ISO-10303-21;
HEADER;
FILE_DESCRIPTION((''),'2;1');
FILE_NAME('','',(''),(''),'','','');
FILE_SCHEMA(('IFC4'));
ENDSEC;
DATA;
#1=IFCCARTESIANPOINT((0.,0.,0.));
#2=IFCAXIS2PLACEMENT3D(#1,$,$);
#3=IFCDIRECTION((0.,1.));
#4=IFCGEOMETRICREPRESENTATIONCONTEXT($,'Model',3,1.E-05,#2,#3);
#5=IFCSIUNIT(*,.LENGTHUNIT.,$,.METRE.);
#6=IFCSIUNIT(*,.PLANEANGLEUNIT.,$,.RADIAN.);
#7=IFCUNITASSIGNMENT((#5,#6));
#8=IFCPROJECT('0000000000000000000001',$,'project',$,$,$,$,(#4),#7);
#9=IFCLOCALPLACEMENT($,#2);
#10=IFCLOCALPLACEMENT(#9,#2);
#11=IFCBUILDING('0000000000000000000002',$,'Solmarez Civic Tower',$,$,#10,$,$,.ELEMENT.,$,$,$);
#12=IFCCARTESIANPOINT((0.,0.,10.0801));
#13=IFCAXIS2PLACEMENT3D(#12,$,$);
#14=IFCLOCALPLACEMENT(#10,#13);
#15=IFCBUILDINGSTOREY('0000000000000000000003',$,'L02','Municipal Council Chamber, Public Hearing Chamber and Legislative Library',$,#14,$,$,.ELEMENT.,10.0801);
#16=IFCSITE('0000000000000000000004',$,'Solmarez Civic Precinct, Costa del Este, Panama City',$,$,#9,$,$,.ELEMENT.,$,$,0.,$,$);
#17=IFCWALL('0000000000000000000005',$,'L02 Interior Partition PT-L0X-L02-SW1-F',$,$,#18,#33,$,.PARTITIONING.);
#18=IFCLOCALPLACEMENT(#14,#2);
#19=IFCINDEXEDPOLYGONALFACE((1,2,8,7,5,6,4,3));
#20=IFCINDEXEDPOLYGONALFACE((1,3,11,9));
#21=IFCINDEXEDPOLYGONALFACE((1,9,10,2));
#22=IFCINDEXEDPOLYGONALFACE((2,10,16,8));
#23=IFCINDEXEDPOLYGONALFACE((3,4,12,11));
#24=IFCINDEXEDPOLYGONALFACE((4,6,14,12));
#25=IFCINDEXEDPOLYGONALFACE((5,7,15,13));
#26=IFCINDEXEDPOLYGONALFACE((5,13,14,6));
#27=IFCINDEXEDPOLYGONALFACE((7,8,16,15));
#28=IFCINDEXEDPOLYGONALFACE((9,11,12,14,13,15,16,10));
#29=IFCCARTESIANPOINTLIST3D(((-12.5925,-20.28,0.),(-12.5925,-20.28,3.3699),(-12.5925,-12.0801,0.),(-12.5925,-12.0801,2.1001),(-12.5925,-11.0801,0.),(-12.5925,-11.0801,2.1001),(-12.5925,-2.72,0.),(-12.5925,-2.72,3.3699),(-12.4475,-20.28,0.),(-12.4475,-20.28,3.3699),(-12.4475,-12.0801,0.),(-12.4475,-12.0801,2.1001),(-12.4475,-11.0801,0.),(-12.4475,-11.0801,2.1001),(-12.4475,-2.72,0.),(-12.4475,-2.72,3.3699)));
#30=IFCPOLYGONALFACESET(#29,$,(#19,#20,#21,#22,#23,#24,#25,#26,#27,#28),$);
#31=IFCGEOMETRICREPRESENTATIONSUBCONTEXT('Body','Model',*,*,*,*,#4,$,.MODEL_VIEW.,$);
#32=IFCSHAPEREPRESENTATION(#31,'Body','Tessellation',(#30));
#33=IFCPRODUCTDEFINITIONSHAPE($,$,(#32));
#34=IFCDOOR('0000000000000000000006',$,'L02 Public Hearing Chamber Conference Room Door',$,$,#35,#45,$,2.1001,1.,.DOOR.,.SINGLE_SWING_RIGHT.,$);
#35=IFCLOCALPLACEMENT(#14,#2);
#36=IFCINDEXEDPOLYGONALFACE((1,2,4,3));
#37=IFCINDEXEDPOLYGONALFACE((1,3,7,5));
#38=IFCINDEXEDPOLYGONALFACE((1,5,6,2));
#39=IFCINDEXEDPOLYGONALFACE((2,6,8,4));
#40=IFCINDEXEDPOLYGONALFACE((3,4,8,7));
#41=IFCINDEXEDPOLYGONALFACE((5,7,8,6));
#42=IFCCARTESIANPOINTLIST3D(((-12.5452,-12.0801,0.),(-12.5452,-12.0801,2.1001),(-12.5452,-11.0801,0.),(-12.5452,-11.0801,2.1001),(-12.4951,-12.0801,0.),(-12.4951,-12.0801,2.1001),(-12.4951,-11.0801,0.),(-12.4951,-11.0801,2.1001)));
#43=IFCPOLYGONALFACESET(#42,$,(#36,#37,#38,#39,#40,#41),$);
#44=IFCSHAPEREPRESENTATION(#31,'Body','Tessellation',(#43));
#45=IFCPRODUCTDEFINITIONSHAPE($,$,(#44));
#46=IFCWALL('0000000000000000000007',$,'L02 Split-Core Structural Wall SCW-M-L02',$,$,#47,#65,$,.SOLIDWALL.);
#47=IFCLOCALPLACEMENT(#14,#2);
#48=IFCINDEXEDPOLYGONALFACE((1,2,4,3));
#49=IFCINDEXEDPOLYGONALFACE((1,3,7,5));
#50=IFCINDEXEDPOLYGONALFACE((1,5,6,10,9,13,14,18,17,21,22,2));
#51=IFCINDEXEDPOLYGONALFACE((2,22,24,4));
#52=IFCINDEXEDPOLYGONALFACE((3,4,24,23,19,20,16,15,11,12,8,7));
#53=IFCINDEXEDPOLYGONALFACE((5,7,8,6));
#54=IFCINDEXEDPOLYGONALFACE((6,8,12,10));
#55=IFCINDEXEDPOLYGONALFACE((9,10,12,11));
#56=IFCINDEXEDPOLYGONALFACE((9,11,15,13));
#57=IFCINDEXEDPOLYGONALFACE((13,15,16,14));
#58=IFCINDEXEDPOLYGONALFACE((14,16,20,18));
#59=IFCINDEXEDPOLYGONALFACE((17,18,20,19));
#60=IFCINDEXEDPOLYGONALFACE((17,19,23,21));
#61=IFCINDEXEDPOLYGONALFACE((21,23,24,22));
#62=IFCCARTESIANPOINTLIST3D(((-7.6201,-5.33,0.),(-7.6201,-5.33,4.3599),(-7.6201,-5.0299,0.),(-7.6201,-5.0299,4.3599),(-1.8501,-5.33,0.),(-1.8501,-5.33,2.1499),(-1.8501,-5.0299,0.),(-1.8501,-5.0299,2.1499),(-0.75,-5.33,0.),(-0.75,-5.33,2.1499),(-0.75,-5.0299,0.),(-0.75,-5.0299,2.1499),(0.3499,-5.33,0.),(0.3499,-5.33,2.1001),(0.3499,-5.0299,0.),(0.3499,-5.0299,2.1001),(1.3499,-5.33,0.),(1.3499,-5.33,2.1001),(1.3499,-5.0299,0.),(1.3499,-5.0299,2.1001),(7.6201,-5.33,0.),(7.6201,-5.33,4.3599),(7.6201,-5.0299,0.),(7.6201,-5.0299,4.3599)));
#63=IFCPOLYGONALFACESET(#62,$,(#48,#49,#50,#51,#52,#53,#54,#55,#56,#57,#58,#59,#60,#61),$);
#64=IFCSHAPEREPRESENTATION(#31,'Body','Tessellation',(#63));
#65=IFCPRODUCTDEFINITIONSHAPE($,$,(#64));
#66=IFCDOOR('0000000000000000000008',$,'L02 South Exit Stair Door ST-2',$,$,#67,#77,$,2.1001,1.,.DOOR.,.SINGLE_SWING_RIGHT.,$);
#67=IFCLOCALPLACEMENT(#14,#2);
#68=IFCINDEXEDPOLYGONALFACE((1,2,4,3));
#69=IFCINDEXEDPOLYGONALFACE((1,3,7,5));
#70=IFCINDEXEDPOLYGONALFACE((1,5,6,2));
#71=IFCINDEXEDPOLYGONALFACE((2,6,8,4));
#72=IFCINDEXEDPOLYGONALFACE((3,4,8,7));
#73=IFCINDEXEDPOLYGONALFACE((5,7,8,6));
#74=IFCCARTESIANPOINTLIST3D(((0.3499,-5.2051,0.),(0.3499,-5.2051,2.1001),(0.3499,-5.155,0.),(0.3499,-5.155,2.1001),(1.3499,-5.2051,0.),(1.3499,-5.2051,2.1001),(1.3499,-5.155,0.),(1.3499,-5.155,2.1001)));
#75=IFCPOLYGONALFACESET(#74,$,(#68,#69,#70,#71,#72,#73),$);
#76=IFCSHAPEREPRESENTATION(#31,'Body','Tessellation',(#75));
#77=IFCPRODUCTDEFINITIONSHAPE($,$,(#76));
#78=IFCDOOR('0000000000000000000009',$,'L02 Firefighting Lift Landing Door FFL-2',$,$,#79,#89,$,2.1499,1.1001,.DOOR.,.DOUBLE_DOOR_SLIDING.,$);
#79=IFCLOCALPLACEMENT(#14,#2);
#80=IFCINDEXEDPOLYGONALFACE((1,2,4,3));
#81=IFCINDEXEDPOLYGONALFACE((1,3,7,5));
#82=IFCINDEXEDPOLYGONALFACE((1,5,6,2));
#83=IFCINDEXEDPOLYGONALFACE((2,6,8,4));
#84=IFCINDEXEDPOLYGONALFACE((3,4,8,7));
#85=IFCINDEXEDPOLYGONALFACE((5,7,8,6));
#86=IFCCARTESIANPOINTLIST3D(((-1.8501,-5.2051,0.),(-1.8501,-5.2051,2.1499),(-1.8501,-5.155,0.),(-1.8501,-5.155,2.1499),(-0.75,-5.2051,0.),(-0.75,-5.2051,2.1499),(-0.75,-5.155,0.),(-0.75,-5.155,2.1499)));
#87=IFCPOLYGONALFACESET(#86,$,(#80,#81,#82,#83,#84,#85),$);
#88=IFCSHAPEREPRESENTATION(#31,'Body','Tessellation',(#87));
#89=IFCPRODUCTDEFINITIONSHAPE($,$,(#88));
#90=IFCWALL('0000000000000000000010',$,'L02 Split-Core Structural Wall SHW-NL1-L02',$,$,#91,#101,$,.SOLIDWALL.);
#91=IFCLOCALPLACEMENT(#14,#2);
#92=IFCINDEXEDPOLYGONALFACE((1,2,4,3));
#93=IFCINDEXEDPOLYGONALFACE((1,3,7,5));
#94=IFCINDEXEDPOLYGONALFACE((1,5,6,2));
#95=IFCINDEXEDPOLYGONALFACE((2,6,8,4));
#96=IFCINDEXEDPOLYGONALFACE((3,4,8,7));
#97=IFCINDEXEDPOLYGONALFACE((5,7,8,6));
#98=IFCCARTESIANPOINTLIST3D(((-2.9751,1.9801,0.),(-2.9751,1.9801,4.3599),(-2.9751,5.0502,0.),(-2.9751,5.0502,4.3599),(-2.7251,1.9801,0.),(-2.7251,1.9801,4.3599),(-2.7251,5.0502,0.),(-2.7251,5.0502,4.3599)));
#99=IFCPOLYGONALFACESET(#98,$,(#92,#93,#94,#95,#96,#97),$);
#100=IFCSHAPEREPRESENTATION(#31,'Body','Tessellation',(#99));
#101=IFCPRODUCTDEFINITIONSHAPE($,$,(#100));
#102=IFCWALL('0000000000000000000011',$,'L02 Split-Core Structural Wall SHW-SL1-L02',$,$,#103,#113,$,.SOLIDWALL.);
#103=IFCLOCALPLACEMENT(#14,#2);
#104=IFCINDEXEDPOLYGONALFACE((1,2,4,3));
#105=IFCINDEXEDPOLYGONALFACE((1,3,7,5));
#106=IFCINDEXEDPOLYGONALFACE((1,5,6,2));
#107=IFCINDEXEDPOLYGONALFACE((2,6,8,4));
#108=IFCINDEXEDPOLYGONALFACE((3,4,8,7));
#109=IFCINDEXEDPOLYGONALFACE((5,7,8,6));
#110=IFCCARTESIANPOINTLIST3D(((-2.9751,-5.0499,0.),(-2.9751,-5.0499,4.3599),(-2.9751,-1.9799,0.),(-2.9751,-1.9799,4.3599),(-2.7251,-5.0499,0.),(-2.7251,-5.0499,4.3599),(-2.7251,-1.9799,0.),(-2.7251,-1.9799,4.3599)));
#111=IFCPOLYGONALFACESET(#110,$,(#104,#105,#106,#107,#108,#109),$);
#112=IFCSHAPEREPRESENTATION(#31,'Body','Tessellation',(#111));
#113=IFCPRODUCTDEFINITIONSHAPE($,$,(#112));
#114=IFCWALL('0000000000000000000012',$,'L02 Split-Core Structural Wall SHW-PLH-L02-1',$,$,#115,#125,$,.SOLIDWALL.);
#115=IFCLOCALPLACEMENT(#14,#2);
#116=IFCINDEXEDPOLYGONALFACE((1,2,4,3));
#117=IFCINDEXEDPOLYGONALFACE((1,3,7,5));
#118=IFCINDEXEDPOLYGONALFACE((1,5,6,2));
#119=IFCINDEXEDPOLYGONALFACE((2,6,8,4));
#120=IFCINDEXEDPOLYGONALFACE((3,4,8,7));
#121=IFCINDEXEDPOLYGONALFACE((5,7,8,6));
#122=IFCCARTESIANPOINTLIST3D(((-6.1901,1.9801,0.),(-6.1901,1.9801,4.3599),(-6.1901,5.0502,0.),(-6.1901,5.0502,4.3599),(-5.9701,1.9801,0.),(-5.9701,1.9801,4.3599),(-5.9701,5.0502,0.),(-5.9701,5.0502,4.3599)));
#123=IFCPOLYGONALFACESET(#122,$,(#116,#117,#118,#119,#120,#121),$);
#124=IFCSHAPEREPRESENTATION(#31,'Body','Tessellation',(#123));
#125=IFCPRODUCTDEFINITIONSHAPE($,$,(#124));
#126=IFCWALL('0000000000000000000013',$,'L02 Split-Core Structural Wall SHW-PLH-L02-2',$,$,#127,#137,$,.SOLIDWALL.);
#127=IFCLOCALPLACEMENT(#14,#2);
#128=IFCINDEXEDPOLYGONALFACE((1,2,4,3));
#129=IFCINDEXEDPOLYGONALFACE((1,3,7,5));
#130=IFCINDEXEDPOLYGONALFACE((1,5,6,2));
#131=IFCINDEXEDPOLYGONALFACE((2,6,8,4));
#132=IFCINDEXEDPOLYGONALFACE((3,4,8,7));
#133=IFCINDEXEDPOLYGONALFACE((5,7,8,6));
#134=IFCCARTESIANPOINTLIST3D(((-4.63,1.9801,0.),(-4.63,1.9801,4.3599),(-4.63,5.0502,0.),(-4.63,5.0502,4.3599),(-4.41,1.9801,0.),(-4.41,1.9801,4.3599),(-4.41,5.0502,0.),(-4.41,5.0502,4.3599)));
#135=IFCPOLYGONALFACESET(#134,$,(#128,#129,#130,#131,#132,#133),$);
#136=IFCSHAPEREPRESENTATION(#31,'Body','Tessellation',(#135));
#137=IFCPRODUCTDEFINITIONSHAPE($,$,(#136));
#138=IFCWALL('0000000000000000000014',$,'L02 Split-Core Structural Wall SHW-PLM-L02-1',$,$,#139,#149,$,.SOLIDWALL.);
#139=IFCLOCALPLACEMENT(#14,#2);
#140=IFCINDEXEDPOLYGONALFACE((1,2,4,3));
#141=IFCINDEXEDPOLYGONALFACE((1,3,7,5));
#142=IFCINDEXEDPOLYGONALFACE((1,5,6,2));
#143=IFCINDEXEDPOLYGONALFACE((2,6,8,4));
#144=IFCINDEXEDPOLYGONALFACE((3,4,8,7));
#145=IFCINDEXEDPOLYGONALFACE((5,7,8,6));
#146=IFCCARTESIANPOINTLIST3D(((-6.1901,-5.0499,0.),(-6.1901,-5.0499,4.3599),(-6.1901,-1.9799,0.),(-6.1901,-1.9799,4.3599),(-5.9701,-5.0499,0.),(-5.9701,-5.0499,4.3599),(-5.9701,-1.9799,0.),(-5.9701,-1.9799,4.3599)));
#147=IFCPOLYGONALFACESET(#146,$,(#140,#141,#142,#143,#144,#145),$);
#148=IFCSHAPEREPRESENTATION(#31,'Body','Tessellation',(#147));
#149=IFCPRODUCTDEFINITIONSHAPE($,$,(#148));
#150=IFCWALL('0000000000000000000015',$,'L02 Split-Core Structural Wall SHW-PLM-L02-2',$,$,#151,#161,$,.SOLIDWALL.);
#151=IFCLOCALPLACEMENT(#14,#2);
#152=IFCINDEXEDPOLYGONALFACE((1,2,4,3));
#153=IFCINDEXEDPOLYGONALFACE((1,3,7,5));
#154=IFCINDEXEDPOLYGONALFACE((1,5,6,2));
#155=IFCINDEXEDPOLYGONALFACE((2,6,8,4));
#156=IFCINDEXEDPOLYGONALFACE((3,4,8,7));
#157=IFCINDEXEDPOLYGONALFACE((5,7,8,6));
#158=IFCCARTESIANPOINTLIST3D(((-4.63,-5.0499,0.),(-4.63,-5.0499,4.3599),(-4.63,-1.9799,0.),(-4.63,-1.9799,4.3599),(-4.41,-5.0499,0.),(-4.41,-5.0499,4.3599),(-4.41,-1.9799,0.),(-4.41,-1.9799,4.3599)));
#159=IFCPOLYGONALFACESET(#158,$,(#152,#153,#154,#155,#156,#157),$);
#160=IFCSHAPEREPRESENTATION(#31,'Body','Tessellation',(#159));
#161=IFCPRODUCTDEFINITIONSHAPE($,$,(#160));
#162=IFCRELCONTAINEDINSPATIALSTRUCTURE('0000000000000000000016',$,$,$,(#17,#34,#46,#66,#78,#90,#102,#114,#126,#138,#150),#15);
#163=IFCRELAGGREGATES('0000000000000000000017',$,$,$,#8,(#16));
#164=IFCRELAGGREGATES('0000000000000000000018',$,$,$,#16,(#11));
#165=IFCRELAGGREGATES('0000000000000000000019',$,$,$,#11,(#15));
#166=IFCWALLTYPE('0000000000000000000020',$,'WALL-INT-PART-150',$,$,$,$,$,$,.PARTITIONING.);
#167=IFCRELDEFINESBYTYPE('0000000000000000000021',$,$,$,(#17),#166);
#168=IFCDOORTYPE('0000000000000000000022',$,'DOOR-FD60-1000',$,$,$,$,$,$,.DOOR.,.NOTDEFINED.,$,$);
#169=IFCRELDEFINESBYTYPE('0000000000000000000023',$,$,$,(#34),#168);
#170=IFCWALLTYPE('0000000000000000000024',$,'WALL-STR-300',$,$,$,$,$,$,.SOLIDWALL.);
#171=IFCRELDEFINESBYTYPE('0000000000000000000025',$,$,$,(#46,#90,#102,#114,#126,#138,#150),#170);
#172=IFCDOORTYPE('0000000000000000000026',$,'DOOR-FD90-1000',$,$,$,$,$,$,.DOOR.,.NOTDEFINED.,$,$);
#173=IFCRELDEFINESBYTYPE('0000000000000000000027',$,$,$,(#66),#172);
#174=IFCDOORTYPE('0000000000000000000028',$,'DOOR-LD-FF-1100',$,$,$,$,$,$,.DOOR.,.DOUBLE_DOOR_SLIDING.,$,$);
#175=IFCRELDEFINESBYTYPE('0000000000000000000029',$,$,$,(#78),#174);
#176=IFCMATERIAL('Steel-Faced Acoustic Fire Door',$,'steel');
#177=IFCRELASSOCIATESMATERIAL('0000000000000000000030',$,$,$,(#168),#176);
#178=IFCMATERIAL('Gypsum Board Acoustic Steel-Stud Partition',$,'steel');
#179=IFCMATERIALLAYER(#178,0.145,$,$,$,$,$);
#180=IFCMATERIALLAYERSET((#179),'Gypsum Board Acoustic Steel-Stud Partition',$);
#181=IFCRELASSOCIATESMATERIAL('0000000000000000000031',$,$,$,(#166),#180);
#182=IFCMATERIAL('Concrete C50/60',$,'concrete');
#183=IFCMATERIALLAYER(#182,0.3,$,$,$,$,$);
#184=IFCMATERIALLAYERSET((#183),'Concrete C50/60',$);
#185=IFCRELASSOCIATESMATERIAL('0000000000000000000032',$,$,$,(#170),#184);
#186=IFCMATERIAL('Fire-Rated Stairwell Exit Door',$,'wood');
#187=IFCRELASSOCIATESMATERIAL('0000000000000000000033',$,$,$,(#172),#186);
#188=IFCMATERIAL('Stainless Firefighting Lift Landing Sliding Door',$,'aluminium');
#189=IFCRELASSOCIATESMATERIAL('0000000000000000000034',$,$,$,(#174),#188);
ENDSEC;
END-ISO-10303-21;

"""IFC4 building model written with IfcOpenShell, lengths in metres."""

from ifc_helpers import new_model, si_unit, direction, frame, frame_2d, origin, place, context, subcontext, project, spatial, rectangle, extrude, material, layer, layer_set, type_object, element, fill, save


model = new_model("IFC4")

# Units and contexts
model_context = context("Model", 3, precision=1e-05, world=origin(), true_north=direction((0.0, 1.0)))
body_context = subcontext(model_context, "Body", "Model", "MODEL_VIEW")
ifc_project = project(units=[si_unit("LENGTHUNIT", "METRE"), si_unit("PLANEANGLEUNIT", "RADIAN")], contexts=[model_context])

# Site, building, storey
site_placement = place(None, origin())
site = spatial("IfcSite", under=ifc_project, at=site_placement, Name="Solmarez Civic Precinct, Costa del Este, Panama City", CompositionType="ELEMENT", RefElevation=0.0)
building_placement = place(site_placement, origin())
building = spatial("IfcBuilding", under=site, at=building_placement, Name="Solmarez Civic Tower", CompositionType="ELEMENT")
storey_placement = place(building_placement, frame((0.0, 0.0, 10.0801)))
storey = spatial("IfcBuildingStorey", under=building, at=storey_placement, Name="L02", Description="Municipal Council Chamber, Public Hearing Chamber and Legislative Library", CompositionType="ELEMENT", Elevation=10.0801)

# Shared definitions
ifc_material_1 = material(Name="Concrete C50/60", Category="concrete")

# Shared definitions
ifc_material_2 = material(Name="Steel-Faced Acoustic Fire Door", Category="steel")
door_type_1 = type_object("IfcDoorType", Name="DOOR-FD60-1000", OperationType="NOTDEFINED", PredefinedType="DOOR", material=ifc_material_2)

# Shared definitions
ifc_material_3 = material(Name="Gypsum Board Acoustic Steel-Stud Partition", Category="steel")

# Wall, opening, door
ifc_layer_1 = layer(ifc_material_3, 0.145)
ifc_layer_set_1 = layer_set([ifc_layer_1], Name="Gypsum Board Acoustic Steel-Stud Partition")
wall_type_1 = type_object("IfcWallType", Name="WALL-INT-PART-150", PredefinedType="PARTITIONING", material=ifc_layer_set_1)
wall_1_placement = place(storey_placement, frame((-12.52, -2.72, 0.0), z_axis=(0.0, 0.0, 1.0), x_axis=(0.0, -1.0, 0.0)))
wall_1 = element("IfcWall", 1, at=wall_1_placement, inside=storey, type_object=wall_type_1, Name="L02 Interior Partition PT-L0X-L02-SW1-F", PredefinedType="PARTITIONING", context=body_context, shape_type="SweptSolid", body=[
    extrude(rectangle(XDim=17.5601, YDim=0.145, at=frame_2d((8.78, 0.0))), origin(), (0.0, 0.0, 1.0), 3.3699),
])
opening_1_placement = place(wall_1_placement, frame((8.3601, 0.0, 0.0)))
opening_1 = element("IfcOpeningElement", 2, at=opening_1_placement, cuts=wall_1, PredefinedType="OPENING", context=body_context, shape_type="SweptSolid", body=[
    extrude(rectangle(XDim=1.0, YDim=2.1001, at=frame_2d((0.5, 1.05))), frame((0.0, 0.0825, 0.0), z_axis=(0.0, -1.0, 0.0), x_axis=(1.0, 0.0, 0.0)), (0.0, 0.0, 1.0), 0.165),
])
door_1_placement = place(opening_1_placement, origin())
door_1 = element("IfcDoor", 3, at=door_1_placement, inside=storey, type_object=door_type_1, Name="L02 Public Hearing Chamber Conference Room Door", OperationType="SINGLE_SWING_RIGHT", OverallHeight=2.1001, OverallWidth=1.0, PredefinedType="DOOR", context=body_context, shape_type="SweptSolid", body=[
    extrude(rectangle(XDim=1.0, YDim=2.1001, at=frame_2d((0.5, 1.05))), frame((0.0, 0.0249, 0.0), z_axis=(0.0, -1.0, 0.0), x_axis=(1.0, 0.0, 0.0)), (0.0, 0.0, 1.0), 0.05),
])
fill(opening_1, door_1)

# Wall, openings, doors
ifc_layer_2 = layer(ifc_material_1, 0.3)
ifc_layer_set_2 = layer_set([ifc_layer_2], Name="Concrete C50/60")
wall_type_2 = type_object("IfcWallType", Name="WALL-STR-300", PredefinedType="SOLIDWALL", material=ifc_layer_set_2)
wall_2_placement = place(storey_placement, frame((-7.6201, -5.1799, 0.0), z_axis=(0.0, 0.0, 1.0), x_axis=(1.0, 0.0, 0.0)))
wall_2 = element("IfcWall", 4, at=wall_2_placement, inside=storey, type_object=wall_type_2, Name="L02 Split-Core Structural Wall SCW-M-L02", PredefinedType="SOLIDWALL", context=body_context, shape_type="SweptSolid", body=[
    extrude(rectangle(XDim=15.2402, YDim=0.3, at=frame_2d((7.6201, 0.0))), origin(), (0.0, 0.0, 1.0), 4.3599),
])
opening_2_placement = place(wall_2_placement, frame((5.77, 0.0, 0.0)))
opening_2 = element("IfcOpeningElement", 5, at=opening_2_placement, cuts=wall_2, PredefinedType="OPENING", context=body_context, shape_type="SweptSolid", body=[
    extrude(rectangle(XDim=1.1001, YDim=2.1499, at=frame_2d((0.55, 1.075))), frame((0.0, 0.1599, 0.0), z_axis=(0.0, -1.0, 0.0), x_axis=(1.0, 0.0, 0.0)), (0.0, 0.0, 1.0), 0.3201),
])
opening_3_placement = place(wall_2_placement, frame((7.97, 0.0, 0.0)))
opening_3 = element("IfcOpeningElement", 6, at=opening_3_placement, cuts=wall_2, PredefinedType="OPENING", context=body_context, shape_type="SweptSolid", body=[
    extrude(rectangle(XDim=1.0, YDim=2.1001, at=frame_2d((0.5, 1.05))), frame((0.0, 0.1599, 0.0), z_axis=(0.0, -1.0, 0.0), x_axis=(1.0, 0.0, 0.0)), (0.0, 0.0, 1.0), 0.3201),
])
ifc_material_4 = material(Name="Fire-Rated Stairwell Exit Door", Category="wood")
door_type_2 = type_object("IfcDoorType", Name="DOOR-FD90-1000", OperationType="NOTDEFINED", PredefinedType="DOOR", material=ifc_material_4)
door_2_placement = place(opening_3_placement, origin())
door_2 = element("IfcDoor", 7, at=door_2_placement, inside=storey, type_object=door_type_2, Name="L02 South Exit Stair Door ST-2", OperationType="SINGLE_SWING_RIGHT", OverallHeight=2.1001, OverallWidth=1.0, PredefinedType="DOOR", context=body_context, shape_type="SweptSolid", body=[
    extrude(rectangle(XDim=1.0, YDim=2.1001, at=frame_2d((0.5, 1.05))), frame((0.0, 0.0249, 0.0), z_axis=(0.0, -1.0, 0.0), x_axis=(1.0, 0.0, 0.0)), (0.0, 0.0, 1.0), 0.05),
])
fill(opening_3, door_2)
ifc_material_5 = material(Name="Stainless Firefighting Lift Landing Sliding Door", Category="aluminium")
door_type_3 = type_object("IfcDoorType", Name="DOOR-LD-FF-1100", OperationType="DOUBLE_DOOR_SLIDING", PredefinedType="DOOR", material=ifc_material_5)
door_3_placement = place(opening_2_placement, origin())
door_3 = element("IfcDoor", 8, at=door_3_placement, inside=storey, type_object=door_type_3, Name="L02 Firefighting Lift Landing Door FFL-2", OperationType="DOUBLE_DOOR_SLIDING", OverallHeight=2.1499, OverallWidth=1.1001, PredefinedType="DOOR", context=body_context, shape_type="SweptSolid", body=[
    extrude(rectangle(XDim=1.1001, YDim=2.1499, at=frame_2d((0.55, 1.075))), frame((0.0, 0.0249, 0.0), z_axis=(0.0, -1.0, 0.0), x_axis=(1.0, 0.0, 0.0)), (0.0, 0.0, 1.0), 0.05),
])
fill(opening_2, door_3)

# Walls
for number, where, z_axis, x_axis, name in (
    (9, (-2.8501, 1.98, 0.0), (0.0, 0.0, 1.0), (0.0, 1.0, 0.0), "L02 Split-Core Structural Wall SHW-NL1-L02"),
    (10, (-2.8501, -5.05, 0.0), (0.0, 0.0, 1.0), (0.0, 1.0, 0.0), "L02 Split-Core Structural Wall SHW-SL1-L02"),
):
    element("IfcWall", number, at=place(storey_placement, frame(where, z_axis=z_axis, x_axis=x_axis)), inside=storey, type_object=wall_type_2, Name=name, PredefinedType="SOLIDWALL", context=body_context, shape_type="SweptSolid", body=[
        extrude(rectangle(XDim=3.0701, YDim=0.25, at=frame_2d((1.5352, 0.0))), origin(), (0.0, 0.0, 1.0), 4.3599),
    ])
for number, where, z_axis, x_axis, name in (
    (11, (-6.0801, 1.98, 0.0), (0.0, 0.0, 1.0), (0.0, 1.0, 0.0), "L02 Split-Core Structural Wall SHW-PLH-L02-1"),
    (12, (-4.52, 1.98, 0.0), (0.0, 0.0, 1.0), (0.0, 1.0, 0.0), "L02 Split-Core Structural Wall SHW-PLH-L02-2"),
    (13, (-6.0801, -5.05, 0.0), (0.0, 0.0, 1.0), (0.0, 1.0, 0.0), "L02 Split-Core Structural Wall SHW-PLM-L02-1"),
    (14, (-4.52, -5.05, 0.0), (0.0, 0.0, 1.0), (0.0, 1.0, 0.0), "L02 Split-Core Structural Wall SHW-PLM-L02-2"),
):
    element("IfcWall", number, at=place(storey_placement, frame(where, z_axis=z_axis, x_axis=x_axis)), inside=storey, type_object=wall_type_2, Name=name, PredefinedType="SOLIDWALL", context=body_context, shape_type="SweptSolid", body=[
        extrude(rectangle(XDim=3.0701, YDim=0.22, at=frame_2d((1.5352, 0.0))), origin(), (0.0, 0.0, 1.0), 4.3599),
    ])

save(model, "model.ifc")
